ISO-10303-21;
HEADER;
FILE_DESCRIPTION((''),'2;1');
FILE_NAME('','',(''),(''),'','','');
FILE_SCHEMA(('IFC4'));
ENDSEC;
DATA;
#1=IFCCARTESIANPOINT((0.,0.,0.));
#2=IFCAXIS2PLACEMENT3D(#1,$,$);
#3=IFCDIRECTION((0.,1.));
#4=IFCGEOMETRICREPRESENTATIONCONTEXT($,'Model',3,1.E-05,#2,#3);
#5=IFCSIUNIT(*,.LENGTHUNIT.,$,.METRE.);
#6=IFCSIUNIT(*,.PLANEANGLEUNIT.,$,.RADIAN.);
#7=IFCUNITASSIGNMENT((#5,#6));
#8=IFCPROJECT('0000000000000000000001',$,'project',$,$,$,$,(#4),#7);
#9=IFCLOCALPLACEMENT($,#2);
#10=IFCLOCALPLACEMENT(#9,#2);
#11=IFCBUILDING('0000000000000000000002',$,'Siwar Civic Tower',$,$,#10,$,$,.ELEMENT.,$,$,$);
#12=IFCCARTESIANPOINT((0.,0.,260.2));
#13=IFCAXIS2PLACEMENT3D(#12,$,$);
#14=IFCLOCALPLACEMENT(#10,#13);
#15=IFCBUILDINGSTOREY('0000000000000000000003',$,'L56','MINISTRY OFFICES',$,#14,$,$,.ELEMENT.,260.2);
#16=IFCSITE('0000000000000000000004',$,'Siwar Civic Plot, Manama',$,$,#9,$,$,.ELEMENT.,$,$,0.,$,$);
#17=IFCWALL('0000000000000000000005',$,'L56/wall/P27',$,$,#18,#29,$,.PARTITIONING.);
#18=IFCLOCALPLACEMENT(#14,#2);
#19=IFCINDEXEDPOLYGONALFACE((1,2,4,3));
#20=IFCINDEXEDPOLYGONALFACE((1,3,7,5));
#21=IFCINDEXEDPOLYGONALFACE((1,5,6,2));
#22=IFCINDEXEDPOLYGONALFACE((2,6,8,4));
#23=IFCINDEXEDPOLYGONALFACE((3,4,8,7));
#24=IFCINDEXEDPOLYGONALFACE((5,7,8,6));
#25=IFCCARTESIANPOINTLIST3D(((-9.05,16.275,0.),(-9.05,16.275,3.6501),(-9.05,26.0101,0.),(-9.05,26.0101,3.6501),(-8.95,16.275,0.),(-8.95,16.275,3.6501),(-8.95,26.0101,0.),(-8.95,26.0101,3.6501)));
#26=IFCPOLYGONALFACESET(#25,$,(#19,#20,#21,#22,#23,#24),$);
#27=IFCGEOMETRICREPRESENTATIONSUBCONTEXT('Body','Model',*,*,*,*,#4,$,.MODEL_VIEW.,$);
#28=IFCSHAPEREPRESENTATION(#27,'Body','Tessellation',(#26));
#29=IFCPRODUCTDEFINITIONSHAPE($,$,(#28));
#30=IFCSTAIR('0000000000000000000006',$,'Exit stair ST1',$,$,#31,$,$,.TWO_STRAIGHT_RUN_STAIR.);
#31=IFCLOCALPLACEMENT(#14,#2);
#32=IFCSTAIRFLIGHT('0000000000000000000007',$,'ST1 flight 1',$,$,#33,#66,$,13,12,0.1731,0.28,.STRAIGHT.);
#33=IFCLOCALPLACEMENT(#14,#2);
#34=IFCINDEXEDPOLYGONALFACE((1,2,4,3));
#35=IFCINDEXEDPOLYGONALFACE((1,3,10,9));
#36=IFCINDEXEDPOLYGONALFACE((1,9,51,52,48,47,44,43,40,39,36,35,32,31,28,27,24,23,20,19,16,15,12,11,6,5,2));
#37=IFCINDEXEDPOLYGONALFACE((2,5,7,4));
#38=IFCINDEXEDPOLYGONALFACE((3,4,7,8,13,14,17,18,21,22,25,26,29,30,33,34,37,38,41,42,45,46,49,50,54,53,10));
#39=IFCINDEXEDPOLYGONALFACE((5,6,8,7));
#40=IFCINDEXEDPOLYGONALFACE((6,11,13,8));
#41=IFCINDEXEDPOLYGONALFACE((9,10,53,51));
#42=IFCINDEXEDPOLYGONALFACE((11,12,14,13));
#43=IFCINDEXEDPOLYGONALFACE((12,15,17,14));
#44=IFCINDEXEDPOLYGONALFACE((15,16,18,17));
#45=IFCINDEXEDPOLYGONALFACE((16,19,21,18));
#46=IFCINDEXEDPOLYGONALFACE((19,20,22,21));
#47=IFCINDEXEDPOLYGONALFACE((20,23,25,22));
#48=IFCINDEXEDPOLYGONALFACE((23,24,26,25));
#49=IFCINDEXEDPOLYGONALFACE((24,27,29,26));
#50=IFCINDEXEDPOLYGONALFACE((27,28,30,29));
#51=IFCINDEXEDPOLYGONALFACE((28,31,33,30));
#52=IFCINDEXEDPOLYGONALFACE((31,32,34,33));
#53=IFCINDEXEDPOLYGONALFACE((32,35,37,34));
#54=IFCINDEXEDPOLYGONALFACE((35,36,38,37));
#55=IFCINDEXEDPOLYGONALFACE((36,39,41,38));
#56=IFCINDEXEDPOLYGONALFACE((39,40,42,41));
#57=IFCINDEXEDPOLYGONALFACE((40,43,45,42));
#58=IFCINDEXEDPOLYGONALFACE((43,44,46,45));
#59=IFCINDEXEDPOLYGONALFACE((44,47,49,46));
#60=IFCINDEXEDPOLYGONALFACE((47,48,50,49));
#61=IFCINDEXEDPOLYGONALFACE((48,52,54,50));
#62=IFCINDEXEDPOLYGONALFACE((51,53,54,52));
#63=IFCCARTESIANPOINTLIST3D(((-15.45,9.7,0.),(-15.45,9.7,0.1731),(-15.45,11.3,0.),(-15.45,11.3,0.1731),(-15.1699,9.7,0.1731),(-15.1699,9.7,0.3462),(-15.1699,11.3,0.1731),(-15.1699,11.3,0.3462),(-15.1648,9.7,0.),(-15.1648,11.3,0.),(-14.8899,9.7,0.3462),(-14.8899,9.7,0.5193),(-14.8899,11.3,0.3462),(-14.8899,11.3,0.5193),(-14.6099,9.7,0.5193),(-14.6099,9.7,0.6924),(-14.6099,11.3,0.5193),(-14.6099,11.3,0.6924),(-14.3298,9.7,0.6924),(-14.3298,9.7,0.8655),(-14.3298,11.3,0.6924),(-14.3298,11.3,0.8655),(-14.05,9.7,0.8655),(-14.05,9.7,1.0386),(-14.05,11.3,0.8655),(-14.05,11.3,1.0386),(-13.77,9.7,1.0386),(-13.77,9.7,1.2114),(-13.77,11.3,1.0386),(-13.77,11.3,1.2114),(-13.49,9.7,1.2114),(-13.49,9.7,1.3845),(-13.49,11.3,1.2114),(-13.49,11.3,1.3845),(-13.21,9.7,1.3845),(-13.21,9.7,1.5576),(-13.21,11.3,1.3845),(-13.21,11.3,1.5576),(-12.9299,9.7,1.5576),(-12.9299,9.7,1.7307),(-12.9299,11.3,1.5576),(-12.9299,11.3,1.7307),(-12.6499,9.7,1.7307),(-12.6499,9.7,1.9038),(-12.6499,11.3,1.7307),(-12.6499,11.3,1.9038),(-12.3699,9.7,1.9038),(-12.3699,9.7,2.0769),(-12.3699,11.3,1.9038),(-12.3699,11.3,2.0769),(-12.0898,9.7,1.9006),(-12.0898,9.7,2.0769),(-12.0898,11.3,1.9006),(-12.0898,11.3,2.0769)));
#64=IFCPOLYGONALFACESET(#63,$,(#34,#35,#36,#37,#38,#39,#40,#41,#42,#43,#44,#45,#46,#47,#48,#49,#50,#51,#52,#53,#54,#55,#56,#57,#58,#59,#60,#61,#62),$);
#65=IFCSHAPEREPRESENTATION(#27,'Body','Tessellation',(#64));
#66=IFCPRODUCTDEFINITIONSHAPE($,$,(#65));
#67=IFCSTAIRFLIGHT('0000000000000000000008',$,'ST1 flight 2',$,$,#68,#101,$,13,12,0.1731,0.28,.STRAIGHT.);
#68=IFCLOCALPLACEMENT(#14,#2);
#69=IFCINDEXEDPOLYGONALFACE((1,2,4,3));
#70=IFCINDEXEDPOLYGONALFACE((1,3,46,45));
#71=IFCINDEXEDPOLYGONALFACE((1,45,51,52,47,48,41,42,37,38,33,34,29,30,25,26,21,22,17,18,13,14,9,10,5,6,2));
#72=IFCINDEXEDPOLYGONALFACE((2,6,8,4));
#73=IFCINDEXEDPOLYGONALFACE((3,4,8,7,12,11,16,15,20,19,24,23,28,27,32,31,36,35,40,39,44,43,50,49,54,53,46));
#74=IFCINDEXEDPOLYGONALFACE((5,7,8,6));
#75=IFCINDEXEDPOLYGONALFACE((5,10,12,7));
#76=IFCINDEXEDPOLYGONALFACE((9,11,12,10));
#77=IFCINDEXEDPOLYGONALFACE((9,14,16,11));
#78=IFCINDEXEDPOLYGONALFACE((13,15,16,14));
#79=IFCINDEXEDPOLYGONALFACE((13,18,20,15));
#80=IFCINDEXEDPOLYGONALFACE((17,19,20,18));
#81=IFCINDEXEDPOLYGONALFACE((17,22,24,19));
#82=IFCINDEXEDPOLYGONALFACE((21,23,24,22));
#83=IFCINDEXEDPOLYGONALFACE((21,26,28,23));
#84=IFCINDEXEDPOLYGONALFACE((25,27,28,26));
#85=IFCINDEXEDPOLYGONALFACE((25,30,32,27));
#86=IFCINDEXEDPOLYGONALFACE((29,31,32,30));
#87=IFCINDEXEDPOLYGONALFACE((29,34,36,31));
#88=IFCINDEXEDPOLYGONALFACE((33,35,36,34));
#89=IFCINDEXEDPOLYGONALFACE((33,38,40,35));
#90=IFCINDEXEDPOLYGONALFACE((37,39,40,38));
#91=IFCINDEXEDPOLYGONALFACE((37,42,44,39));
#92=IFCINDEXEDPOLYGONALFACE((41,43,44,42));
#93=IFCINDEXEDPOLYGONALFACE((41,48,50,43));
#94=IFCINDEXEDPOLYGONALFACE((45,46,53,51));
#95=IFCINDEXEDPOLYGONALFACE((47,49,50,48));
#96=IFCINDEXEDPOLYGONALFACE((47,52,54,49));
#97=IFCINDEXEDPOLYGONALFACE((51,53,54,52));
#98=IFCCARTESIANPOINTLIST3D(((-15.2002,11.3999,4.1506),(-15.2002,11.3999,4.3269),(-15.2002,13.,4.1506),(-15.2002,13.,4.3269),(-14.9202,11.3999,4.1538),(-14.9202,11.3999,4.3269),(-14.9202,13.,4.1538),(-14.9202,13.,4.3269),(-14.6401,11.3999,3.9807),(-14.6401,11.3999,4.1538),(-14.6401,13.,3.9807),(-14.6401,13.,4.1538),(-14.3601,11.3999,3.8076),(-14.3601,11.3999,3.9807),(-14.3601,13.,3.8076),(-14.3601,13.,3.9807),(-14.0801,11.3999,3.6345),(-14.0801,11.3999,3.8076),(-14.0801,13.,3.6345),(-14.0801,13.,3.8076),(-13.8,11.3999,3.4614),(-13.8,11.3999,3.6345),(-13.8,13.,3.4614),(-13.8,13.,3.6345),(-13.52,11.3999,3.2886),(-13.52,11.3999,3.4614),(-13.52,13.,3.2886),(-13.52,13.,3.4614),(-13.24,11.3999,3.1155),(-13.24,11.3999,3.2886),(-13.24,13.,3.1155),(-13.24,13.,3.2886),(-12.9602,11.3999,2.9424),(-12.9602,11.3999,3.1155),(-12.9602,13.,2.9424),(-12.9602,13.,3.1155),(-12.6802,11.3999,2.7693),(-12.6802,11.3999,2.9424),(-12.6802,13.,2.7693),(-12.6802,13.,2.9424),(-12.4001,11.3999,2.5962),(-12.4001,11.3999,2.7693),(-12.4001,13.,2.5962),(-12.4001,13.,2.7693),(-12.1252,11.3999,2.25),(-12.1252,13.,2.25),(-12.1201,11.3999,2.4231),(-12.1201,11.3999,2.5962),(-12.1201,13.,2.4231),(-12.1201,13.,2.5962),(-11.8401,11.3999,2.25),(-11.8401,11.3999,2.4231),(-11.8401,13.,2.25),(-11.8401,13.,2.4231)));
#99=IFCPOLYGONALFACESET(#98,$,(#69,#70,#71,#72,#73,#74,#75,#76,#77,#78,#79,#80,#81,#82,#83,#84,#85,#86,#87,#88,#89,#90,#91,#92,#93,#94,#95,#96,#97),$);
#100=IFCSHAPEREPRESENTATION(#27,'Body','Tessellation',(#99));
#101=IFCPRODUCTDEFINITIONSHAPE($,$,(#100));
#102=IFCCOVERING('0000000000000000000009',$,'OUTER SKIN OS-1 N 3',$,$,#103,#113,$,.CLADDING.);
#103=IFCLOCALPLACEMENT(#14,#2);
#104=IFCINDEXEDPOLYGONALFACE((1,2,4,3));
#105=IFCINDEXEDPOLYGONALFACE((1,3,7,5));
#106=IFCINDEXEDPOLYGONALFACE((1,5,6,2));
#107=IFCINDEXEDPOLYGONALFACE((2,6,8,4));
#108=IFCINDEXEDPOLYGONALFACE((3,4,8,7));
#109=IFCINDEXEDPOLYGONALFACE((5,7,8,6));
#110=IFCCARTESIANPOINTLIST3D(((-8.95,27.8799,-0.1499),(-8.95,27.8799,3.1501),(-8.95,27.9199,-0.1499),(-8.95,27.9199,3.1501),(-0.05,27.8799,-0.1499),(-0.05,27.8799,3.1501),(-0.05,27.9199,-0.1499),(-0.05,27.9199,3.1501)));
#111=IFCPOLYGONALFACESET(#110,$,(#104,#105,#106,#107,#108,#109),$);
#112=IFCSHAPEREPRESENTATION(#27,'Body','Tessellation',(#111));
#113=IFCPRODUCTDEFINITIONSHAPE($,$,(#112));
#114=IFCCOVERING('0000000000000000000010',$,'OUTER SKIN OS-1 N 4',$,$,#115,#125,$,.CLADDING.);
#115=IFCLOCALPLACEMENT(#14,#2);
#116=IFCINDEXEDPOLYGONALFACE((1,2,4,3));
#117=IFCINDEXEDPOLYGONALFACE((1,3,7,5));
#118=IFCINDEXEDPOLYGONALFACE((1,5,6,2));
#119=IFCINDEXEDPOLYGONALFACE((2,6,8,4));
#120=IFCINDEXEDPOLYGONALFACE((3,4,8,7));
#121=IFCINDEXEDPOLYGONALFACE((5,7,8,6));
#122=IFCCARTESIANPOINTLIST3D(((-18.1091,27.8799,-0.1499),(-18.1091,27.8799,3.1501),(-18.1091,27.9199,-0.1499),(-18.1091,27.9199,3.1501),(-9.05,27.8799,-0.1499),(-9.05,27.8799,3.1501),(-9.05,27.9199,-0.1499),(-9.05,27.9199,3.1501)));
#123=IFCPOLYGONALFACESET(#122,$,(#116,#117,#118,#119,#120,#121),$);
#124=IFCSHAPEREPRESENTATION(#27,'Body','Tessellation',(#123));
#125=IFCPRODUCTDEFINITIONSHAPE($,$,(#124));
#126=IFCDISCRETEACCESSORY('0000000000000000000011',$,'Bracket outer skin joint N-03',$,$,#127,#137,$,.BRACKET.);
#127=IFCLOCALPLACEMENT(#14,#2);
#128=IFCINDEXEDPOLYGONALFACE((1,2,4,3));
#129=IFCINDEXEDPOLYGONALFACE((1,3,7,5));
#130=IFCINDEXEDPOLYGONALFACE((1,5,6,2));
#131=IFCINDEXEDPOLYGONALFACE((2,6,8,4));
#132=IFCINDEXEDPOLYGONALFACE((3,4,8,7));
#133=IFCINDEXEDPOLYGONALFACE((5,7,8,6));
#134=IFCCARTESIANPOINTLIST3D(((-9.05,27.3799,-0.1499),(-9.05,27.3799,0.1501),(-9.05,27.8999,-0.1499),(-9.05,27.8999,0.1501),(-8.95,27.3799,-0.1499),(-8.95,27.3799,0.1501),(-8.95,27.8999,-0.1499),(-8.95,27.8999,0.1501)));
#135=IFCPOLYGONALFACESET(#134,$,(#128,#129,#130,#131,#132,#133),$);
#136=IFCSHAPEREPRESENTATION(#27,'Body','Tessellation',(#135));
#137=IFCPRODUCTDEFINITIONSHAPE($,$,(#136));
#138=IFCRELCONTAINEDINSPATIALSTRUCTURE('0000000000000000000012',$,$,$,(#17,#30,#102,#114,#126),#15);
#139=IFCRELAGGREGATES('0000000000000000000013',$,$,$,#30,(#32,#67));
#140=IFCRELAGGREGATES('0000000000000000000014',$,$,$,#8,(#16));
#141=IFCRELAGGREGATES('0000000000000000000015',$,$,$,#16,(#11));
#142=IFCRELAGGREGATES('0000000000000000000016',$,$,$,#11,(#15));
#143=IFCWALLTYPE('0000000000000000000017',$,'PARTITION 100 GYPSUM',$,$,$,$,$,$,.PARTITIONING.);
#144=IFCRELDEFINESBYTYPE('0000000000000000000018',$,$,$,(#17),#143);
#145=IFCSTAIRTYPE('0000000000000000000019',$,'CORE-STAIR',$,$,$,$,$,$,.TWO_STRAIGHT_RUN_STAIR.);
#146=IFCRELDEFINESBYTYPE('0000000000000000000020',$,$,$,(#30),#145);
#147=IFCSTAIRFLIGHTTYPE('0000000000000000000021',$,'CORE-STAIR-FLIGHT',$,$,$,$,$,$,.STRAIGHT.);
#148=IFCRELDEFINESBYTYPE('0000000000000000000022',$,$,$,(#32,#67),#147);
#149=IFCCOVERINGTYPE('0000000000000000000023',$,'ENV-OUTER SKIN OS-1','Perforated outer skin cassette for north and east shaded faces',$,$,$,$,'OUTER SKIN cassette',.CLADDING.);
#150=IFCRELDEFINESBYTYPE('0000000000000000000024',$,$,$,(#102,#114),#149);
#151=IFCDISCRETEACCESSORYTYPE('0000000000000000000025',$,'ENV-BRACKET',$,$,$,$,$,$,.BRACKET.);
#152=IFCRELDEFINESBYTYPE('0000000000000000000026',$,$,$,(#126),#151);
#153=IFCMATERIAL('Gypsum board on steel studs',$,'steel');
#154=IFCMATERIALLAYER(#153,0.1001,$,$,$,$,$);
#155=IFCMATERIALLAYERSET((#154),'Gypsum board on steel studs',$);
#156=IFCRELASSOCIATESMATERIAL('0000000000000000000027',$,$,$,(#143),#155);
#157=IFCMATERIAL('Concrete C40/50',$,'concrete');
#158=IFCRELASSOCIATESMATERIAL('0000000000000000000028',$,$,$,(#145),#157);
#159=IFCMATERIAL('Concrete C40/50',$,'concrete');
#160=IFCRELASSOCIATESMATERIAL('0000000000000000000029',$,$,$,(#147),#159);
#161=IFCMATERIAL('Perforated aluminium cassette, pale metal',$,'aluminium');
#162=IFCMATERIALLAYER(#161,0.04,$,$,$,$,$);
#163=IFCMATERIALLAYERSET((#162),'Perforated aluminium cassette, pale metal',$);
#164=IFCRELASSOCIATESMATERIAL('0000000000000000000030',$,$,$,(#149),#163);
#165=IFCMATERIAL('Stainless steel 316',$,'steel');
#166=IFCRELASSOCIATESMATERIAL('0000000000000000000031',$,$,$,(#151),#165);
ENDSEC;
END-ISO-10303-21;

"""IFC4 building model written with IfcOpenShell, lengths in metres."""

from ifc_helpers import new_model, si_unit, direction, frame, frame_2d, origin, origin_2d, place, context, subcontext, project, spatial, polyline, rectangle, outline, extrude, material, layer, layer_set, type_object, element, aggregate, save


model = new_model("IFC4")

# Units and contexts
model_context = context("Model", 3, precision=1e-05, world=origin(), true_north=direction((0.0, 1.0)))
body_context = subcontext(model_context, "Body", "Model", "MODEL_VIEW")
ifc_project = project(units=[si_unit("LENGTHUNIT", "METRE"), si_unit("PLANEANGLEUNIT", "RADIAN")], contexts=[model_context])

# Site, building, storey
site_placement = place(None, origin())
site = spatial("IfcSite", under=ifc_project, at=site_placement, Name="Siwar Civic Plot, Manama", CompositionType="ELEMENT", RefElevation=0.0)
building_placement = place(site_placement, origin())
building = spatial("IfcBuilding", under=site, at=building_placement, Name="Siwar Civic Tower", CompositionType="ELEMENT")
storey_placement = place(building_placement, frame((0.0, 0.0, 260.2)))
storey = spatial("IfcBuildingStorey", under=building, at=storey_placement, Name="L56", Description="MINISTRY OFFICES", CompositionType="ELEMENT", Elevation=260.2)

# Shared definitions
ifc_material_1 = material(Name="Gypsum board on steel studs", Category="steel")
ifc_layer_1 = layer(ifc_material_1, 0.1001)
ifc_layer_set_1 = layer_set([ifc_layer_1], Name="Gypsum board on steel studs")
wall_type_1 = type_object("IfcWallType", Name="PARTITION 100 GYPSUM", PredefinedType="PARTITIONING", material=ifc_layer_set_1)

# Wall
wall_1_placement = place(storey_placement, frame((-9.0, 16.2749, 0.0), z_axis=(0.0, 0.0, 1.0), x_axis=(0.0, 1.0, 0.0)))
element("IfcWall", 1, at=wall_1_placement, inside=storey, type_object=wall_type_1, Name="L56/wall/P27", PredefinedType="PARTITIONING", context=body_context, shape_type="SweptSolid", body=[
    extrude(rectangle(XDim=9.7351, YDim=0.1001, at=frame_2d((4.8677, 0.0))), origin(), (0.0, 0.0, 1.0), 3.6501),
])

# Stair, stair flights
ifc_material_2 = material(Name="Concrete C40/50", Category="concrete")
stair_type = type_object("IfcStairType", Name="CORE-STAIR", PredefinedType="TWO_STRAIGHT_RUN_STAIR", material=ifc_material_2)
stair_placement = place(storey_placement, origin())
stair = element("IfcStair", 2, at=stair_placement, inside=storey, type_object=stair_type, Name="Exit stair ST1", PredefinedType="TWO_STRAIGHT_RUN_STAIR")
ifc_material_3 = material(Name="Concrete C40/50", Category="concrete")
stair_flight_type = type_object("IfcStairFlightType", Name="CORE-STAIR-FLIGHT", PredefinedType="STRAIGHT", material=ifc_material_3)
stair_flight_1_placement = place(storey_placement, frame((-15.45, 10.5, 0.0), z_axis=(0.0, 0.0, 1.0), x_axis=(1.0, 0.0, 0.0)))
stair_flight_1 = element("IfcStairFlight", 3, at=stair_flight_1_placement, type_object=stair_flight_type, Name="ST1 flight 1", NumberOfRisers=13, NumberOfTreads=12, PredefinedType="STRAIGHT", RiserHeight=0.1731, TreadLength=0.28, context=body_context, shape_type="SweptSolid", body=[
    extrude(outline(polyline([(0.0, 0.0), (0.0, 0.1731), (0.28, 0.1731), (0.28, 0.3462), (0.5601, 0.3462), (0.5601, 0.5193), (0.8401, 0.5193), (0.8401, 0.6924), (1.1201, 0.6924), (1.1201, 0.8655), (1.3999, 0.8655), (1.3999, 1.0386), (1.6799, 1.0386), (1.6799, 1.2114), (1.96, 1.2114), (1.96, 1.3845), (2.24, 1.3845), (2.24, 1.5576), (2.52, 1.5576), (2.52, 1.7307), (2.8, 1.7307), (2.8, 1.9038), (3.0801, 1.9038), (3.0801, 2.0769), (3.3601, 2.0769), (3.3601, 2.25), (3.3601, 1.9006), (0.2852, 0.0), (0.0, 0.0)])), frame((0.0, 0.8, 0.0), z_axis=(0.0, -1.0, 0.0), x_axis=(1.0, 0.0, 0.0)), (0.0, 0.0, 1.0), 1.6001),
])
stair_flight_2_placement = place(storey_placement, frame((-11.8401, 12.2, 2.25), z_axis=(0.0, 0.0, 1.0), x_axis=(-1.0, 0.0, 0.0)))
stair_flight_2 = element("IfcStairFlight", 4, at=stair_flight_2_placement, type_object=stair_flight_type, Name="ST1 flight 2", NumberOfRisers=13, NumberOfTreads=12, PredefinedType="STRAIGHT", RiserHeight=0.1731, TreadLength=0.28, context=body_context, shape_type="SweptSolid", body=[
    extrude(outline(polyline([(0.0, 0.0), (0.0, 0.1731), (0.28, 0.1731), (0.28, 0.3462), (0.5601, 0.3462), (0.5601, 0.5193), (0.8401, 0.5193), (0.8401, 0.6924), (1.1201, 0.6924), (1.1201, 0.8655), (1.3999, 0.8655), (1.3999, 1.0386), (1.6799, 1.0386), (1.6799, 1.2114), (1.96, 1.2114), (1.96, 1.3845), (2.24, 1.3845), (2.24, 1.5576), (2.52, 1.5576), (2.52, 1.7307), (2.8, 1.7307), (2.8, 1.9038), (3.0801, 1.9038), (3.0801, 2.0769), (3.3601, 2.0769), (3.3601, 2.25), (3.3601, 1.9006), (0.2852, 0.0), (0.0, 0.0)])), frame((0.0, 0.8, 0.0), z_axis=(0.0, -1.0, 0.0), x_axis=(1.0, 0.0, 0.0)), (0.0, 0.0, 1.0), 1.6001),
])
aggregate(stair, [stair_flight_1, stair_flight_2])

# Coverings
ifc_material_4 = material(Name="Perforated aluminium cassette, pale metal", Category="aluminium")
ifc_layer_2 = layer(ifc_material_4, 0.04)
ifc_layer_set_2 = layer_set([ifc_layer_2], Name="Perforated aluminium cassette, pale metal")
covering_type = type_object("IfcCoveringType", Name="ENV-OUTER SKIN OS-1", Description="Perforated outer skin cassette for north and east shaded faces", ElementType="OUTER SKIN cassette", PredefinedType="CLADDING", material=ifc_layer_set_2)
covering_1_placement = place(storey_placement, frame((-4.5, 27.8999, -0.1499), z_axis=(0.0, 0.0, 1.0), x_axis=(-1.0, 0.0, 0.0)))
element("IfcCovering", 5, at=covering_1_placement, inside=storey, type_object=covering_type, Name="OUTER SKIN OS-1 N 3", PredefinedType="CLADDING", context=body_context, shape_type="SweptSolid", body=[
    extrude(rectangle(XDim=8.8999, YDim=0.04, at=origin_2d()), origin(), (0.0, 0.0, 1.0), 3.3),
])
covering_2_placement = place(storey_placement, frame((-13.5796, 27.8999, -0.1499), z_axis=(0.0, 0.0, 1.0), x_axis=(-1.0, 0.0, 0.0)))
element("IfcCovering", 6, at=covering_2_placement, inside=storey, type_object=covering_type, Name="OUTER SKIN OS-1 N 4", PredefinedType="CLADDING", context=body_context, shape_type="SweptSolid", body=[
    extrude(rectangle(XDim=9.0591, YDim=0.04, at=origin_2d()), origin(), (0.0, 0.0, 1.0), 3.3),
])

# Discrete accessory
ifc_material_5 = material(Name="Stainless steel 316", Category="steel")
discrete_accessory_type = type_object("IfcDiscreteAccessoryType", Name="ENV-BRACKET", PredefinedType="BRACKET", material=ifc_material_5)
discrete_accessory_placement = place(storey_placement, frame((-9.0, 27.6399, -0.1499), z_axis=(0.0, 0.0, 1.0), x_axis=(0.0, 1.0, 0.0)))
element("IfcDiscreteAccessory", 7, at=discrete_accessory_placement, inside=storey, type_object=discrete_accessory_type, Name="Bracket outer skin joint N-03", PredefinedType="BRACKET", context=body_context, shape_type="SweptSolid", body=[
    extrude(rectangle(XDim=0.52, YDim=0.1001, at=origin_2d()), origin(), (0.0, 0.0, 1.0), 0.3),
])

save(model, "model.ifc")
